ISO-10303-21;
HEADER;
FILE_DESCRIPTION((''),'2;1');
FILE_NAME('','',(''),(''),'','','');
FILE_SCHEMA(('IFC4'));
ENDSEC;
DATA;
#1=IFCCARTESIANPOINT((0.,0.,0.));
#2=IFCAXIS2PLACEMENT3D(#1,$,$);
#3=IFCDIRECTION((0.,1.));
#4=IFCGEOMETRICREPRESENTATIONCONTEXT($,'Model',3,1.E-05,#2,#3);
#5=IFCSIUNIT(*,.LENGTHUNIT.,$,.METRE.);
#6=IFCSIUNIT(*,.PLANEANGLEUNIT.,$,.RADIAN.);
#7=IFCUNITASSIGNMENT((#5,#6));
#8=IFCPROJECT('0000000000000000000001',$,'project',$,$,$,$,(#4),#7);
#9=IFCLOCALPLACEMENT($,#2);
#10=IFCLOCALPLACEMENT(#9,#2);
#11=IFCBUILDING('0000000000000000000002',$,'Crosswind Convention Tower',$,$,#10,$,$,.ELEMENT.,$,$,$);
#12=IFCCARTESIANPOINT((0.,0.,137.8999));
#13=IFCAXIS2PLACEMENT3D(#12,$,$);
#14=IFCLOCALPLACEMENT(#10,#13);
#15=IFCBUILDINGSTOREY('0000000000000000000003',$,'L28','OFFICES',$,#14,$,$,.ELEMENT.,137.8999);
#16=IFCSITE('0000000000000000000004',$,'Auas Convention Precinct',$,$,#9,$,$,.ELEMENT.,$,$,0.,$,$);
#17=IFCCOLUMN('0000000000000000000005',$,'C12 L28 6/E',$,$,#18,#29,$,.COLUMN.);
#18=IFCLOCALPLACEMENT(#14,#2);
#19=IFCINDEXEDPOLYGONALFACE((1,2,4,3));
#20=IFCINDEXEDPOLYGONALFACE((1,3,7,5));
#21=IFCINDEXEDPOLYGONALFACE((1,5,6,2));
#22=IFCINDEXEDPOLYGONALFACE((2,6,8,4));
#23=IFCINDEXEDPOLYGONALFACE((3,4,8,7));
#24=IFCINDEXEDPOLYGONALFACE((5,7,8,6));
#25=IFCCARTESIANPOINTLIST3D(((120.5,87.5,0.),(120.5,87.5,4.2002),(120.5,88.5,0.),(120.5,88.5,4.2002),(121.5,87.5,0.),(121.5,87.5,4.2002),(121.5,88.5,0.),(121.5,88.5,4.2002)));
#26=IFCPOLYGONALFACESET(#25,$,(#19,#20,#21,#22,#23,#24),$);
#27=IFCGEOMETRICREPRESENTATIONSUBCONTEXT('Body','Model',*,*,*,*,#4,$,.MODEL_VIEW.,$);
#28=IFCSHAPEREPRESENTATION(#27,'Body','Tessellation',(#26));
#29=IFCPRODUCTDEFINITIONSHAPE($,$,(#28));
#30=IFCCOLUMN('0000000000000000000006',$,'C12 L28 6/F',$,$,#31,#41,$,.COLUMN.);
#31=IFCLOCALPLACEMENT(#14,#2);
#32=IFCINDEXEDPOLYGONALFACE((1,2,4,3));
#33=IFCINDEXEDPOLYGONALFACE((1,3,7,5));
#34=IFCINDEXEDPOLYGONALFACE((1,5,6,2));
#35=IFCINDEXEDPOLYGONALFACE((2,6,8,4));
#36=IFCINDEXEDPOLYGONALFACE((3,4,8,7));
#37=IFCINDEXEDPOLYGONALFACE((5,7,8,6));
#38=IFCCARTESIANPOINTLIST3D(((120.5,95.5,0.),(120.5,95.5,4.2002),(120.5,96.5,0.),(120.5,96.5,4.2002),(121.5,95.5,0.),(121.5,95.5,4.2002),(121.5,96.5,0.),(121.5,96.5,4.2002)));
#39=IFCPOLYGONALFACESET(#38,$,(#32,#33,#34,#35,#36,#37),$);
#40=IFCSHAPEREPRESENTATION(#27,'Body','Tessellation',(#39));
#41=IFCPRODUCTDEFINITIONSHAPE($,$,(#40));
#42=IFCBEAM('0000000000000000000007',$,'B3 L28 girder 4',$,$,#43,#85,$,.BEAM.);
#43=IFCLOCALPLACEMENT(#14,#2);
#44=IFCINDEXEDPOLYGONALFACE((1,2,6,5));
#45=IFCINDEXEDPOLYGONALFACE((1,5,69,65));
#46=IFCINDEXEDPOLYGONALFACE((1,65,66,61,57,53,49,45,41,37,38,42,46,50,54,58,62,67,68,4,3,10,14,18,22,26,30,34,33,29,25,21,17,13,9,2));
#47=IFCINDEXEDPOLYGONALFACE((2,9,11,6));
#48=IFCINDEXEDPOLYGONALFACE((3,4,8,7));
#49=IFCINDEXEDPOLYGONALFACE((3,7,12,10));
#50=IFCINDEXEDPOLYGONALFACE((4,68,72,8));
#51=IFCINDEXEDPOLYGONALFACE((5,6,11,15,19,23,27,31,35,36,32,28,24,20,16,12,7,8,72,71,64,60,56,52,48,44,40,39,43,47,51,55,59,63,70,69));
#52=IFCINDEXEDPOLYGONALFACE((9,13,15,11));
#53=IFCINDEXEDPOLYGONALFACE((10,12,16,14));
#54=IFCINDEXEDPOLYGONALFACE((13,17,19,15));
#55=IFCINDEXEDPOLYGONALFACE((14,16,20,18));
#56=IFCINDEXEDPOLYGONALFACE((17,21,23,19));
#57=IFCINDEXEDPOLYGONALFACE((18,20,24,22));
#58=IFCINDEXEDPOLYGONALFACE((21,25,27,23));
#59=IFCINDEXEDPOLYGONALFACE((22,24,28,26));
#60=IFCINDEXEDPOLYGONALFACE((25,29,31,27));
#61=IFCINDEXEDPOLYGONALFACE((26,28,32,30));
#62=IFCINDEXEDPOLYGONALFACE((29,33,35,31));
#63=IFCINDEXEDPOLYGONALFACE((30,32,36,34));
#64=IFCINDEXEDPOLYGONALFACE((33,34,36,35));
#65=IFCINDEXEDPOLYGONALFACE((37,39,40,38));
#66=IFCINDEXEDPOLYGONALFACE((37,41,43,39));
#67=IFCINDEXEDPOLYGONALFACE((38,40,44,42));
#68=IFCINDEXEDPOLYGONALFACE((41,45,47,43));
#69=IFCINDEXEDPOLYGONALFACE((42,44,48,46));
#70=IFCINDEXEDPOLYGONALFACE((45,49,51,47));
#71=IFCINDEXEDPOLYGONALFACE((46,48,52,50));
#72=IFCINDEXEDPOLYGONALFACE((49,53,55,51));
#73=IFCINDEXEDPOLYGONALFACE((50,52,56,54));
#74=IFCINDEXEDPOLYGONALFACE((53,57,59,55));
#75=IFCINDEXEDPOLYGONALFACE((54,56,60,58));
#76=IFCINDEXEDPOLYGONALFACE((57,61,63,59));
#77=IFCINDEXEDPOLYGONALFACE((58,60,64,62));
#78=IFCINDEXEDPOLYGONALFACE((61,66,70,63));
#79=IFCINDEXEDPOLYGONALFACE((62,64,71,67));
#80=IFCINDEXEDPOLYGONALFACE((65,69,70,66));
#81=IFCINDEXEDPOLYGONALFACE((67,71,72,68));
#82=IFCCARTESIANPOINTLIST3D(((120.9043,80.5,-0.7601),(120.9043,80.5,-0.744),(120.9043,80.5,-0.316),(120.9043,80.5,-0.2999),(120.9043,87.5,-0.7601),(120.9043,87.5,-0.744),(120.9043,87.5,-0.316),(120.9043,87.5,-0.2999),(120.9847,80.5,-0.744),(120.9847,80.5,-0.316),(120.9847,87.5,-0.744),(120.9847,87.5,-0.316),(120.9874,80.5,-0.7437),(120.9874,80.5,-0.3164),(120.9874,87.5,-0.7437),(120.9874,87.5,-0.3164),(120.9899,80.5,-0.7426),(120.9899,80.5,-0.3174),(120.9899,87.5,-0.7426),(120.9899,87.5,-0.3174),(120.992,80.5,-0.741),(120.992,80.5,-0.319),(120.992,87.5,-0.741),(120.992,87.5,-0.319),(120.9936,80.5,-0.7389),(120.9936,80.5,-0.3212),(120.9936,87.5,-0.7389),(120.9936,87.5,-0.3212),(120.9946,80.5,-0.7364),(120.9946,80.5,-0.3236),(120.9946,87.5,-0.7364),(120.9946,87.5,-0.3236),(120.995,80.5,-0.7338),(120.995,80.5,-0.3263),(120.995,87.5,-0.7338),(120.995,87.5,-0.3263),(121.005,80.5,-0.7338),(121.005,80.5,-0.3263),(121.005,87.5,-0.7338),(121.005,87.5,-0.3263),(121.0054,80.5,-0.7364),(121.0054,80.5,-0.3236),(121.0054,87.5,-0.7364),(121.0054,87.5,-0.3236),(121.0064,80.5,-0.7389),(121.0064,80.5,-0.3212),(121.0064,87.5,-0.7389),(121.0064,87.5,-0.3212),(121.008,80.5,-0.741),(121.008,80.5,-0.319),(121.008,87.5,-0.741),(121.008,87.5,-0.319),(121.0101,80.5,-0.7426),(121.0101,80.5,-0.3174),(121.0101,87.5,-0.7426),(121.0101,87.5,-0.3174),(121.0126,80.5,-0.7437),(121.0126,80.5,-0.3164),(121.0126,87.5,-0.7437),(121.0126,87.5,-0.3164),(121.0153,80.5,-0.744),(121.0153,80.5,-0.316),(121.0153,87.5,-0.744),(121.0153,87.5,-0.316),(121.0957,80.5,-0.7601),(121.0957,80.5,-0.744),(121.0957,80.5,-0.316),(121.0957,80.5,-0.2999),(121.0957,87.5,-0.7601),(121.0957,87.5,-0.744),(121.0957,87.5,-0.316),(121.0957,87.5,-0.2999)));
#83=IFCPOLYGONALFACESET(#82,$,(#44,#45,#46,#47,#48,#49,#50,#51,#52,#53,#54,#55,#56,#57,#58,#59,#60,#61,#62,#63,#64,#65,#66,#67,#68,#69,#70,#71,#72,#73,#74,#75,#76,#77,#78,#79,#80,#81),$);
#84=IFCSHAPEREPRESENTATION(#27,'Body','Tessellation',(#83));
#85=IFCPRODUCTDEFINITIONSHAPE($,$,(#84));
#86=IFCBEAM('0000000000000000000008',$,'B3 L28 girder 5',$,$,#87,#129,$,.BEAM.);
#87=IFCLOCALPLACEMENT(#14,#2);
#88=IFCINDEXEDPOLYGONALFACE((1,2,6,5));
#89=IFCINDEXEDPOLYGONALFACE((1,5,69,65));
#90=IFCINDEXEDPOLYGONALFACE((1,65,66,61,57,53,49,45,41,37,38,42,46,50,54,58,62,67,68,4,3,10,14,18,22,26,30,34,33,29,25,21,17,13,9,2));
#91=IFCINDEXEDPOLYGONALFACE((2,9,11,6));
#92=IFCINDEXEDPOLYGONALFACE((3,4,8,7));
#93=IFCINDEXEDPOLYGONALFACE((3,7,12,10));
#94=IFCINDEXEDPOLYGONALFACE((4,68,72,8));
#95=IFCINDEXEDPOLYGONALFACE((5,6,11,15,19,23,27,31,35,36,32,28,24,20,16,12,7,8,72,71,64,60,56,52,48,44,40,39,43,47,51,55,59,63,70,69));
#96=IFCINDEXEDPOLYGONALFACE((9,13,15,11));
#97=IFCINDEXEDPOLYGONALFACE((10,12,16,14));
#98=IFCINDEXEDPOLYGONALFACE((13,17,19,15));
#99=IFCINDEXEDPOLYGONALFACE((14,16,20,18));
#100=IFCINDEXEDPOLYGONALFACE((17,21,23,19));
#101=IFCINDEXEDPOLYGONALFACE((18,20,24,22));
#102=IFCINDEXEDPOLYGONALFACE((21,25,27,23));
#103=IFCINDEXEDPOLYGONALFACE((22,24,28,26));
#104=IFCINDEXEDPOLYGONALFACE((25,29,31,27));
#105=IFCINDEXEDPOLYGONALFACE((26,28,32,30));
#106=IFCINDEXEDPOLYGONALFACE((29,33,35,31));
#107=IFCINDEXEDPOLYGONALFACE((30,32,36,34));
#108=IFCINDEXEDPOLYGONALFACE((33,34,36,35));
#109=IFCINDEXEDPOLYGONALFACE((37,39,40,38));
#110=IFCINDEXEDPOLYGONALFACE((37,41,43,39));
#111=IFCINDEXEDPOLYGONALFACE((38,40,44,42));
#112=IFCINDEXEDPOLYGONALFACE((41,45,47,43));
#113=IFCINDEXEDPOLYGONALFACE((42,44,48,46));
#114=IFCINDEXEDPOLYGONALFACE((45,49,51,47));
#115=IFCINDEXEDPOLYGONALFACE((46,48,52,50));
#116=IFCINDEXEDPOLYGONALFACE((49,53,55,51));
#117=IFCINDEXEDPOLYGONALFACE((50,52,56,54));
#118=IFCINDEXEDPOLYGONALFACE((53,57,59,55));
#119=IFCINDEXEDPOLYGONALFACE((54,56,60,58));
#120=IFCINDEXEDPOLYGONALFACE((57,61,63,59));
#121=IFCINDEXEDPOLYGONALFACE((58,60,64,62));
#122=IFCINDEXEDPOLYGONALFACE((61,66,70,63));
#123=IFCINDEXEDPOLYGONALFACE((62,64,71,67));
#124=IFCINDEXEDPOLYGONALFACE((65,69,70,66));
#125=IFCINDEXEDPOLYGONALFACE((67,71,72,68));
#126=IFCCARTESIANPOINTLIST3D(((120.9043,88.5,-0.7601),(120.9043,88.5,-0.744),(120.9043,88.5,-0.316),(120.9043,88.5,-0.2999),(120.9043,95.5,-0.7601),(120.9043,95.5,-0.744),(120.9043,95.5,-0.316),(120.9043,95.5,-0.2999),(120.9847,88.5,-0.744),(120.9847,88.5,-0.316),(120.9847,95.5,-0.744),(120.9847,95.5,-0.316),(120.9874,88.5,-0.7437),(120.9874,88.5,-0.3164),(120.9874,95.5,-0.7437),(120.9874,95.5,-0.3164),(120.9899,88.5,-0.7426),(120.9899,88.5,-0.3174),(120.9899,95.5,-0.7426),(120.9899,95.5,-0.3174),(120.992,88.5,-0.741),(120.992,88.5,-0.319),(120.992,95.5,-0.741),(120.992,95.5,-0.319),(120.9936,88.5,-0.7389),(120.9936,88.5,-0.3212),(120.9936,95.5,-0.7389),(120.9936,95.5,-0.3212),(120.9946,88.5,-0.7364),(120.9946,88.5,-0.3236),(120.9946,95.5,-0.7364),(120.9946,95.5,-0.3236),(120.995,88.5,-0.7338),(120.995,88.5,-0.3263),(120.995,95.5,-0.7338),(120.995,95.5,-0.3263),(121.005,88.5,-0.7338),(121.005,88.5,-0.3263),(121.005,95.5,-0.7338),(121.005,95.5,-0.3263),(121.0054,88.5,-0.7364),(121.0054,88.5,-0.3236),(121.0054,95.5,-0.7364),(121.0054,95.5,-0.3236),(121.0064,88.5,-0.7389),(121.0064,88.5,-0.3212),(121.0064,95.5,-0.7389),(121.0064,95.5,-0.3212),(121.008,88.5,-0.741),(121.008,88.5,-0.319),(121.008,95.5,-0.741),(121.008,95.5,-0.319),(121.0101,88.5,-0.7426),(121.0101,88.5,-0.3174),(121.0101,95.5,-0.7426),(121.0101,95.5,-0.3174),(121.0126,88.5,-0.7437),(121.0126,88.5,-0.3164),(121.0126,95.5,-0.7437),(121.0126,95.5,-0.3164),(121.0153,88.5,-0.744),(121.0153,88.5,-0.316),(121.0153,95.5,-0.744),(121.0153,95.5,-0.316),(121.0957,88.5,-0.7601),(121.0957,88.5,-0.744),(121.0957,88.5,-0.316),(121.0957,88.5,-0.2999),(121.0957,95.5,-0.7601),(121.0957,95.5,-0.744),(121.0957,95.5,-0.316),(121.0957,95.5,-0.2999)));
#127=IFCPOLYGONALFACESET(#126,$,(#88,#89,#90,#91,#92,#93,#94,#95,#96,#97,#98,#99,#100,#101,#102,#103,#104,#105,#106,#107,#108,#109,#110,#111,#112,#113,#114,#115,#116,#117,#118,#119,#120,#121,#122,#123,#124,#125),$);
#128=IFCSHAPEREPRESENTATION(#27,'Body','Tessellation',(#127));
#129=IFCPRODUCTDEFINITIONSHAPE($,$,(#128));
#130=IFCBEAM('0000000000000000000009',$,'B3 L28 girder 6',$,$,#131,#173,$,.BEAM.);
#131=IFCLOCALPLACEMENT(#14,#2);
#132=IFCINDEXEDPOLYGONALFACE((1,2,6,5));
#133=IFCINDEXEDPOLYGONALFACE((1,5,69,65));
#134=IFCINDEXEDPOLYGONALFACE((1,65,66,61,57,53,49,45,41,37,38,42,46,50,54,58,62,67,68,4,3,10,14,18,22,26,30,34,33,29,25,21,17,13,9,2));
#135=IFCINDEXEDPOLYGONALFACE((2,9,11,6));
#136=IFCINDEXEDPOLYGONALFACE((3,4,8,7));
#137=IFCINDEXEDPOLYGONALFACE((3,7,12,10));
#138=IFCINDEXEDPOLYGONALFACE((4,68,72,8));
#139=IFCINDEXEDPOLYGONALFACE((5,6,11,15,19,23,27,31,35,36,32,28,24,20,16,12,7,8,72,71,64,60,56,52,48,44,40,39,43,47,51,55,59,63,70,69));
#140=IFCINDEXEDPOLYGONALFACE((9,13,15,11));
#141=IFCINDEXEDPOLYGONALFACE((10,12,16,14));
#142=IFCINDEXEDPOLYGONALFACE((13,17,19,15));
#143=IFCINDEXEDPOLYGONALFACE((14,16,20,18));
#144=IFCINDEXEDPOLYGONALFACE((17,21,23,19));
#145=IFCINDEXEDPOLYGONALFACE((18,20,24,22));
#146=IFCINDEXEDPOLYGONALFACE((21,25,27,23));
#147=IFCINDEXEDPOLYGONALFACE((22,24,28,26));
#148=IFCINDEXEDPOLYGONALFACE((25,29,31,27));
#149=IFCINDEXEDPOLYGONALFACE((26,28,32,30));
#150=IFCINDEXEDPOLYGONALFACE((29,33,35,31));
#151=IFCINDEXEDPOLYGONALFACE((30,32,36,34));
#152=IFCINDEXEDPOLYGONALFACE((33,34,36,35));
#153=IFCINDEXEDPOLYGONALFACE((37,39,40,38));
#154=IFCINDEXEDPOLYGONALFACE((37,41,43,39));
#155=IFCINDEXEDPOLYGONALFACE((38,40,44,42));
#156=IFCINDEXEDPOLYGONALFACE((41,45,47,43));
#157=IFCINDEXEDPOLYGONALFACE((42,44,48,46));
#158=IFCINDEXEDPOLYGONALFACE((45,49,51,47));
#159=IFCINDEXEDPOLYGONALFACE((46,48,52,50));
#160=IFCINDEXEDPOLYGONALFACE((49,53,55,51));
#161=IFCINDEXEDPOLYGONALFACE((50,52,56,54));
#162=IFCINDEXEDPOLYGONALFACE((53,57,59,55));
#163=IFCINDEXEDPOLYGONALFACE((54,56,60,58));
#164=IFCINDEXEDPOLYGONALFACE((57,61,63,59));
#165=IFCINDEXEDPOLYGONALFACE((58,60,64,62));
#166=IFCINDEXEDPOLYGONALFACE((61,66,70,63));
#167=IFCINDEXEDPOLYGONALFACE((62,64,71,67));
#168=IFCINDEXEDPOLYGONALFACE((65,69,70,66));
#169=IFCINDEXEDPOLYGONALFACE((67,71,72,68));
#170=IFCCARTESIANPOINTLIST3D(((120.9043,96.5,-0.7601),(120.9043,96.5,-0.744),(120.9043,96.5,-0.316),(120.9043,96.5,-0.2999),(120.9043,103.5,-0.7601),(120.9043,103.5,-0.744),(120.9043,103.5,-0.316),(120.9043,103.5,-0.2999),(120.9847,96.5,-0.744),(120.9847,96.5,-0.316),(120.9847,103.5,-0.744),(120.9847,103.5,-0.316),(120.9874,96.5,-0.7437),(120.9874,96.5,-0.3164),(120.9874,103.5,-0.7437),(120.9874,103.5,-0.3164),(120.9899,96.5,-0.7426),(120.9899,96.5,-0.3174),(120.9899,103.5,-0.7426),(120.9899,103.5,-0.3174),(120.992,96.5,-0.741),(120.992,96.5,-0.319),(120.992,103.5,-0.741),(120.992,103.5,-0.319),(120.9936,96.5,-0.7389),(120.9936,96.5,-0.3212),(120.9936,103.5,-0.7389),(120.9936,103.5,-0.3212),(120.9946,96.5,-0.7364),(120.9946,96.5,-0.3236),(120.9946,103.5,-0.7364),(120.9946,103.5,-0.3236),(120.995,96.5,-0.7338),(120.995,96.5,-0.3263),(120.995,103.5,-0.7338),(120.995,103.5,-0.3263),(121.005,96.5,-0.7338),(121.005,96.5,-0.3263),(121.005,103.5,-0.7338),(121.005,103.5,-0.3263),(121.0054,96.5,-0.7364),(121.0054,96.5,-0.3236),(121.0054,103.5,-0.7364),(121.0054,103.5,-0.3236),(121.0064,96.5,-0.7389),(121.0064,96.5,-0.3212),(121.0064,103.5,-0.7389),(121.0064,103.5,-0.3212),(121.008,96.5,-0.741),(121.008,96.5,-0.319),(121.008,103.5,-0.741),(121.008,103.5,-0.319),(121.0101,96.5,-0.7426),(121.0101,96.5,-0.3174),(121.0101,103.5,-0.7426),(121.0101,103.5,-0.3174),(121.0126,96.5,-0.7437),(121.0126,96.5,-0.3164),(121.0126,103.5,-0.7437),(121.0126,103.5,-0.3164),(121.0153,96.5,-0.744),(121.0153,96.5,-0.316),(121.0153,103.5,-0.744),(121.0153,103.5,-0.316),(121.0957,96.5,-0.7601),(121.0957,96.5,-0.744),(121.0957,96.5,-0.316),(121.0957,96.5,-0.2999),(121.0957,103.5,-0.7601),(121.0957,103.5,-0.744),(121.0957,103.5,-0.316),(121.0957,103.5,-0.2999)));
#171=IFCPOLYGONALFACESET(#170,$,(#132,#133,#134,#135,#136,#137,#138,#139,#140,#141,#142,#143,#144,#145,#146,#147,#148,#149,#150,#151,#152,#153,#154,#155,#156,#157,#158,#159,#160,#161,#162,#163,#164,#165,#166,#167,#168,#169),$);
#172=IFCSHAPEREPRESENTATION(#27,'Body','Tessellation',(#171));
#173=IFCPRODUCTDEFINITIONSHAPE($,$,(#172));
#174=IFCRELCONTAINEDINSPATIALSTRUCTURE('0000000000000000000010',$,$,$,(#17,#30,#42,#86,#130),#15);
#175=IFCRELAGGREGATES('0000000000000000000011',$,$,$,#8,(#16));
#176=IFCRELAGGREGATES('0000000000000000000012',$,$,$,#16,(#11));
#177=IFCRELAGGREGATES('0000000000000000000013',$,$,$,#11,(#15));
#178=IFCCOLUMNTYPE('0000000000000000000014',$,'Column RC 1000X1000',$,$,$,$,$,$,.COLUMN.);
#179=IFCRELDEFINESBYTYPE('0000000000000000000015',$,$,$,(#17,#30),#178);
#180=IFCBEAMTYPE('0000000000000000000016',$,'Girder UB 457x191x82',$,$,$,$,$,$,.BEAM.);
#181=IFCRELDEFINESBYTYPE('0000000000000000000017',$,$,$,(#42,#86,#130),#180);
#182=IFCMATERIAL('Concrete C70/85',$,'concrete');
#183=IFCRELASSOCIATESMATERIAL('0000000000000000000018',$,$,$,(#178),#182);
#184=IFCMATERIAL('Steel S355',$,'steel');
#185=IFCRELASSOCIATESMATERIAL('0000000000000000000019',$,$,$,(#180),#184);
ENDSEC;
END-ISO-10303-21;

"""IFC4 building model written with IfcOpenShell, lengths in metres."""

from ifc_helpers import new_model, si_unit, direction, frame, origin, origin_2d, place, context, subcontext, project, spatial, rectangle, i_section, extrude, material, material_profile, profile_set, type_object, element, save


model = new_model("IFC4")

# Units and contexts
model_context = context("Model", 3, precision=1e-05, world=origin(), true_north=direction((0.0, 1.0)))
body_context = subcontext(model_context, "Body", "Model", "MODEL_VIEW")
ifc_project = project(units=[si_unit("LENGTHUNIT", "METRE"), si_unit("PLANEANGLEUNIT", "RADIAN")], contexts=[model_context])

# Site, building, storey
site_placement = place(None, origin())
site = spatial("IfcSite", under=ifc_project, at=site_placement, Name="Auas Convention Precinct", CompositionType="ELEMENT", RefElevation=0.0)
building_placement = place(site_placement, origin())
building = spatial("IfcBuilding", under=site, at=building_placement, Name="Crosswind Convention Tower", CompositionType="ELEMENT")
storey_placement = place(building_placement, frame((0.0, 0.0, 137.8999)))
storey = spatial("IfcBuildingStorey", under=building, at=storey_placement, Name="L28", Description="OFFICES", CompositionType="ELEMENT", Elevation=137.8999)

# Columns
ifc_material_1 = material(Name="Concrete C70/85", Category="concrete")
ifc_material_profile_1 = material_profile(ifc_material_1, rectangle(XDim=1.0, YDim=1.0, at=origin_2d()), Name="RC 1000X1000")
ifc_profile_set_1 = profile_set([ifc_material_profile_1], Name="Concrete C70/85")
column_type = type_object("IfcColumnType", Name="Column RC 1000X1000", PredefinedType="COLUMN", material=ifc_profile_set_1)
for number, where, z_axis, x_axis, name in (
    (1, (121.0, 88.0, 0.0), (0.0, 0.0, 1.0), (1.0, 0.0, 0.0), "C12 L28 6/E"),
    (2, (121.0, 96.0, 0.0), (0.0, 0.0, 1.0), (1.0, 0.0, 0.0), "C12 L28 6/F"),
):
    element("IfcColumn", number, at=place(storey_placement, frame(where, z_axis=z_axis, x_axis=x_axis)), inside=storey, type_object=column_type, Name=name, PredefinedType="COLUMN", context=body_context, shape_type="SweptSolid", body=[
        extrude(rectangle(XDim=1.0, YDim=1.0, at=origin_2d()), origin(), (0.0, 0.0, 1.0), 4.2002),
    ])

# Beams
ifc_material_2 = material(Name="Steel S355", Category="steel")
ifc_material_profile_2 = material_profile(ifc_material_2, i_section(OverallWidth=0.1914, OverallDepth=0.4602, WebThickness=0.01, FlangeThickness=0.0161, FilletRadius=0.0103, at=origin_2d()), Name="UB 457x191x82")
ifc_profile_set_2 = profile_set([ifc_material_profile_2], Name="Steel S355")
beam_type_1 = type_object("IfcBeamType", Name="Girder UB 457x191x82", PredefinedType="BEAM", material=ifc_profile_set_2)
for number, where, z_axis, x_axis, name in (
    (3, (121.0, 80.5, -0.53), (0.0, 1.0, 0.0), (-1.0, 0.0, 0.0), "B3 L28 girder 4"),
    (4, (121.0, 88.5, -0.53), (0.0, 1.0, 0.0), (-1.0, 0.0, 0.0), "B3 L28 girder 5"),
    (5, (121.0, 96.5, -0.53), (0.0, 1.0, 0.0), (-1.0, 0.0, 0.0), "B3 L28 girder 6"),
):
    element("IfcBeam", number, at=place(storey_placement, frame(where, z_axis=z_axis, x_axis=x_axis)), inside=storey, type_object=beam_type_1, Name=name, PredefinedType="BEAM", context=body_context, shape_type="SweptSolid", body=[
        extrude(i_section(OverallWidth=0.1914, OverallDepth=0.4602, WebThickness=0.01, FlangeThickness=0.0161, FilletRadius=0.0103, at=origin_2d()), origin(), (0.0, 0.0, 1.0), 7.0),
    ])

save(model, "model.ifc")
